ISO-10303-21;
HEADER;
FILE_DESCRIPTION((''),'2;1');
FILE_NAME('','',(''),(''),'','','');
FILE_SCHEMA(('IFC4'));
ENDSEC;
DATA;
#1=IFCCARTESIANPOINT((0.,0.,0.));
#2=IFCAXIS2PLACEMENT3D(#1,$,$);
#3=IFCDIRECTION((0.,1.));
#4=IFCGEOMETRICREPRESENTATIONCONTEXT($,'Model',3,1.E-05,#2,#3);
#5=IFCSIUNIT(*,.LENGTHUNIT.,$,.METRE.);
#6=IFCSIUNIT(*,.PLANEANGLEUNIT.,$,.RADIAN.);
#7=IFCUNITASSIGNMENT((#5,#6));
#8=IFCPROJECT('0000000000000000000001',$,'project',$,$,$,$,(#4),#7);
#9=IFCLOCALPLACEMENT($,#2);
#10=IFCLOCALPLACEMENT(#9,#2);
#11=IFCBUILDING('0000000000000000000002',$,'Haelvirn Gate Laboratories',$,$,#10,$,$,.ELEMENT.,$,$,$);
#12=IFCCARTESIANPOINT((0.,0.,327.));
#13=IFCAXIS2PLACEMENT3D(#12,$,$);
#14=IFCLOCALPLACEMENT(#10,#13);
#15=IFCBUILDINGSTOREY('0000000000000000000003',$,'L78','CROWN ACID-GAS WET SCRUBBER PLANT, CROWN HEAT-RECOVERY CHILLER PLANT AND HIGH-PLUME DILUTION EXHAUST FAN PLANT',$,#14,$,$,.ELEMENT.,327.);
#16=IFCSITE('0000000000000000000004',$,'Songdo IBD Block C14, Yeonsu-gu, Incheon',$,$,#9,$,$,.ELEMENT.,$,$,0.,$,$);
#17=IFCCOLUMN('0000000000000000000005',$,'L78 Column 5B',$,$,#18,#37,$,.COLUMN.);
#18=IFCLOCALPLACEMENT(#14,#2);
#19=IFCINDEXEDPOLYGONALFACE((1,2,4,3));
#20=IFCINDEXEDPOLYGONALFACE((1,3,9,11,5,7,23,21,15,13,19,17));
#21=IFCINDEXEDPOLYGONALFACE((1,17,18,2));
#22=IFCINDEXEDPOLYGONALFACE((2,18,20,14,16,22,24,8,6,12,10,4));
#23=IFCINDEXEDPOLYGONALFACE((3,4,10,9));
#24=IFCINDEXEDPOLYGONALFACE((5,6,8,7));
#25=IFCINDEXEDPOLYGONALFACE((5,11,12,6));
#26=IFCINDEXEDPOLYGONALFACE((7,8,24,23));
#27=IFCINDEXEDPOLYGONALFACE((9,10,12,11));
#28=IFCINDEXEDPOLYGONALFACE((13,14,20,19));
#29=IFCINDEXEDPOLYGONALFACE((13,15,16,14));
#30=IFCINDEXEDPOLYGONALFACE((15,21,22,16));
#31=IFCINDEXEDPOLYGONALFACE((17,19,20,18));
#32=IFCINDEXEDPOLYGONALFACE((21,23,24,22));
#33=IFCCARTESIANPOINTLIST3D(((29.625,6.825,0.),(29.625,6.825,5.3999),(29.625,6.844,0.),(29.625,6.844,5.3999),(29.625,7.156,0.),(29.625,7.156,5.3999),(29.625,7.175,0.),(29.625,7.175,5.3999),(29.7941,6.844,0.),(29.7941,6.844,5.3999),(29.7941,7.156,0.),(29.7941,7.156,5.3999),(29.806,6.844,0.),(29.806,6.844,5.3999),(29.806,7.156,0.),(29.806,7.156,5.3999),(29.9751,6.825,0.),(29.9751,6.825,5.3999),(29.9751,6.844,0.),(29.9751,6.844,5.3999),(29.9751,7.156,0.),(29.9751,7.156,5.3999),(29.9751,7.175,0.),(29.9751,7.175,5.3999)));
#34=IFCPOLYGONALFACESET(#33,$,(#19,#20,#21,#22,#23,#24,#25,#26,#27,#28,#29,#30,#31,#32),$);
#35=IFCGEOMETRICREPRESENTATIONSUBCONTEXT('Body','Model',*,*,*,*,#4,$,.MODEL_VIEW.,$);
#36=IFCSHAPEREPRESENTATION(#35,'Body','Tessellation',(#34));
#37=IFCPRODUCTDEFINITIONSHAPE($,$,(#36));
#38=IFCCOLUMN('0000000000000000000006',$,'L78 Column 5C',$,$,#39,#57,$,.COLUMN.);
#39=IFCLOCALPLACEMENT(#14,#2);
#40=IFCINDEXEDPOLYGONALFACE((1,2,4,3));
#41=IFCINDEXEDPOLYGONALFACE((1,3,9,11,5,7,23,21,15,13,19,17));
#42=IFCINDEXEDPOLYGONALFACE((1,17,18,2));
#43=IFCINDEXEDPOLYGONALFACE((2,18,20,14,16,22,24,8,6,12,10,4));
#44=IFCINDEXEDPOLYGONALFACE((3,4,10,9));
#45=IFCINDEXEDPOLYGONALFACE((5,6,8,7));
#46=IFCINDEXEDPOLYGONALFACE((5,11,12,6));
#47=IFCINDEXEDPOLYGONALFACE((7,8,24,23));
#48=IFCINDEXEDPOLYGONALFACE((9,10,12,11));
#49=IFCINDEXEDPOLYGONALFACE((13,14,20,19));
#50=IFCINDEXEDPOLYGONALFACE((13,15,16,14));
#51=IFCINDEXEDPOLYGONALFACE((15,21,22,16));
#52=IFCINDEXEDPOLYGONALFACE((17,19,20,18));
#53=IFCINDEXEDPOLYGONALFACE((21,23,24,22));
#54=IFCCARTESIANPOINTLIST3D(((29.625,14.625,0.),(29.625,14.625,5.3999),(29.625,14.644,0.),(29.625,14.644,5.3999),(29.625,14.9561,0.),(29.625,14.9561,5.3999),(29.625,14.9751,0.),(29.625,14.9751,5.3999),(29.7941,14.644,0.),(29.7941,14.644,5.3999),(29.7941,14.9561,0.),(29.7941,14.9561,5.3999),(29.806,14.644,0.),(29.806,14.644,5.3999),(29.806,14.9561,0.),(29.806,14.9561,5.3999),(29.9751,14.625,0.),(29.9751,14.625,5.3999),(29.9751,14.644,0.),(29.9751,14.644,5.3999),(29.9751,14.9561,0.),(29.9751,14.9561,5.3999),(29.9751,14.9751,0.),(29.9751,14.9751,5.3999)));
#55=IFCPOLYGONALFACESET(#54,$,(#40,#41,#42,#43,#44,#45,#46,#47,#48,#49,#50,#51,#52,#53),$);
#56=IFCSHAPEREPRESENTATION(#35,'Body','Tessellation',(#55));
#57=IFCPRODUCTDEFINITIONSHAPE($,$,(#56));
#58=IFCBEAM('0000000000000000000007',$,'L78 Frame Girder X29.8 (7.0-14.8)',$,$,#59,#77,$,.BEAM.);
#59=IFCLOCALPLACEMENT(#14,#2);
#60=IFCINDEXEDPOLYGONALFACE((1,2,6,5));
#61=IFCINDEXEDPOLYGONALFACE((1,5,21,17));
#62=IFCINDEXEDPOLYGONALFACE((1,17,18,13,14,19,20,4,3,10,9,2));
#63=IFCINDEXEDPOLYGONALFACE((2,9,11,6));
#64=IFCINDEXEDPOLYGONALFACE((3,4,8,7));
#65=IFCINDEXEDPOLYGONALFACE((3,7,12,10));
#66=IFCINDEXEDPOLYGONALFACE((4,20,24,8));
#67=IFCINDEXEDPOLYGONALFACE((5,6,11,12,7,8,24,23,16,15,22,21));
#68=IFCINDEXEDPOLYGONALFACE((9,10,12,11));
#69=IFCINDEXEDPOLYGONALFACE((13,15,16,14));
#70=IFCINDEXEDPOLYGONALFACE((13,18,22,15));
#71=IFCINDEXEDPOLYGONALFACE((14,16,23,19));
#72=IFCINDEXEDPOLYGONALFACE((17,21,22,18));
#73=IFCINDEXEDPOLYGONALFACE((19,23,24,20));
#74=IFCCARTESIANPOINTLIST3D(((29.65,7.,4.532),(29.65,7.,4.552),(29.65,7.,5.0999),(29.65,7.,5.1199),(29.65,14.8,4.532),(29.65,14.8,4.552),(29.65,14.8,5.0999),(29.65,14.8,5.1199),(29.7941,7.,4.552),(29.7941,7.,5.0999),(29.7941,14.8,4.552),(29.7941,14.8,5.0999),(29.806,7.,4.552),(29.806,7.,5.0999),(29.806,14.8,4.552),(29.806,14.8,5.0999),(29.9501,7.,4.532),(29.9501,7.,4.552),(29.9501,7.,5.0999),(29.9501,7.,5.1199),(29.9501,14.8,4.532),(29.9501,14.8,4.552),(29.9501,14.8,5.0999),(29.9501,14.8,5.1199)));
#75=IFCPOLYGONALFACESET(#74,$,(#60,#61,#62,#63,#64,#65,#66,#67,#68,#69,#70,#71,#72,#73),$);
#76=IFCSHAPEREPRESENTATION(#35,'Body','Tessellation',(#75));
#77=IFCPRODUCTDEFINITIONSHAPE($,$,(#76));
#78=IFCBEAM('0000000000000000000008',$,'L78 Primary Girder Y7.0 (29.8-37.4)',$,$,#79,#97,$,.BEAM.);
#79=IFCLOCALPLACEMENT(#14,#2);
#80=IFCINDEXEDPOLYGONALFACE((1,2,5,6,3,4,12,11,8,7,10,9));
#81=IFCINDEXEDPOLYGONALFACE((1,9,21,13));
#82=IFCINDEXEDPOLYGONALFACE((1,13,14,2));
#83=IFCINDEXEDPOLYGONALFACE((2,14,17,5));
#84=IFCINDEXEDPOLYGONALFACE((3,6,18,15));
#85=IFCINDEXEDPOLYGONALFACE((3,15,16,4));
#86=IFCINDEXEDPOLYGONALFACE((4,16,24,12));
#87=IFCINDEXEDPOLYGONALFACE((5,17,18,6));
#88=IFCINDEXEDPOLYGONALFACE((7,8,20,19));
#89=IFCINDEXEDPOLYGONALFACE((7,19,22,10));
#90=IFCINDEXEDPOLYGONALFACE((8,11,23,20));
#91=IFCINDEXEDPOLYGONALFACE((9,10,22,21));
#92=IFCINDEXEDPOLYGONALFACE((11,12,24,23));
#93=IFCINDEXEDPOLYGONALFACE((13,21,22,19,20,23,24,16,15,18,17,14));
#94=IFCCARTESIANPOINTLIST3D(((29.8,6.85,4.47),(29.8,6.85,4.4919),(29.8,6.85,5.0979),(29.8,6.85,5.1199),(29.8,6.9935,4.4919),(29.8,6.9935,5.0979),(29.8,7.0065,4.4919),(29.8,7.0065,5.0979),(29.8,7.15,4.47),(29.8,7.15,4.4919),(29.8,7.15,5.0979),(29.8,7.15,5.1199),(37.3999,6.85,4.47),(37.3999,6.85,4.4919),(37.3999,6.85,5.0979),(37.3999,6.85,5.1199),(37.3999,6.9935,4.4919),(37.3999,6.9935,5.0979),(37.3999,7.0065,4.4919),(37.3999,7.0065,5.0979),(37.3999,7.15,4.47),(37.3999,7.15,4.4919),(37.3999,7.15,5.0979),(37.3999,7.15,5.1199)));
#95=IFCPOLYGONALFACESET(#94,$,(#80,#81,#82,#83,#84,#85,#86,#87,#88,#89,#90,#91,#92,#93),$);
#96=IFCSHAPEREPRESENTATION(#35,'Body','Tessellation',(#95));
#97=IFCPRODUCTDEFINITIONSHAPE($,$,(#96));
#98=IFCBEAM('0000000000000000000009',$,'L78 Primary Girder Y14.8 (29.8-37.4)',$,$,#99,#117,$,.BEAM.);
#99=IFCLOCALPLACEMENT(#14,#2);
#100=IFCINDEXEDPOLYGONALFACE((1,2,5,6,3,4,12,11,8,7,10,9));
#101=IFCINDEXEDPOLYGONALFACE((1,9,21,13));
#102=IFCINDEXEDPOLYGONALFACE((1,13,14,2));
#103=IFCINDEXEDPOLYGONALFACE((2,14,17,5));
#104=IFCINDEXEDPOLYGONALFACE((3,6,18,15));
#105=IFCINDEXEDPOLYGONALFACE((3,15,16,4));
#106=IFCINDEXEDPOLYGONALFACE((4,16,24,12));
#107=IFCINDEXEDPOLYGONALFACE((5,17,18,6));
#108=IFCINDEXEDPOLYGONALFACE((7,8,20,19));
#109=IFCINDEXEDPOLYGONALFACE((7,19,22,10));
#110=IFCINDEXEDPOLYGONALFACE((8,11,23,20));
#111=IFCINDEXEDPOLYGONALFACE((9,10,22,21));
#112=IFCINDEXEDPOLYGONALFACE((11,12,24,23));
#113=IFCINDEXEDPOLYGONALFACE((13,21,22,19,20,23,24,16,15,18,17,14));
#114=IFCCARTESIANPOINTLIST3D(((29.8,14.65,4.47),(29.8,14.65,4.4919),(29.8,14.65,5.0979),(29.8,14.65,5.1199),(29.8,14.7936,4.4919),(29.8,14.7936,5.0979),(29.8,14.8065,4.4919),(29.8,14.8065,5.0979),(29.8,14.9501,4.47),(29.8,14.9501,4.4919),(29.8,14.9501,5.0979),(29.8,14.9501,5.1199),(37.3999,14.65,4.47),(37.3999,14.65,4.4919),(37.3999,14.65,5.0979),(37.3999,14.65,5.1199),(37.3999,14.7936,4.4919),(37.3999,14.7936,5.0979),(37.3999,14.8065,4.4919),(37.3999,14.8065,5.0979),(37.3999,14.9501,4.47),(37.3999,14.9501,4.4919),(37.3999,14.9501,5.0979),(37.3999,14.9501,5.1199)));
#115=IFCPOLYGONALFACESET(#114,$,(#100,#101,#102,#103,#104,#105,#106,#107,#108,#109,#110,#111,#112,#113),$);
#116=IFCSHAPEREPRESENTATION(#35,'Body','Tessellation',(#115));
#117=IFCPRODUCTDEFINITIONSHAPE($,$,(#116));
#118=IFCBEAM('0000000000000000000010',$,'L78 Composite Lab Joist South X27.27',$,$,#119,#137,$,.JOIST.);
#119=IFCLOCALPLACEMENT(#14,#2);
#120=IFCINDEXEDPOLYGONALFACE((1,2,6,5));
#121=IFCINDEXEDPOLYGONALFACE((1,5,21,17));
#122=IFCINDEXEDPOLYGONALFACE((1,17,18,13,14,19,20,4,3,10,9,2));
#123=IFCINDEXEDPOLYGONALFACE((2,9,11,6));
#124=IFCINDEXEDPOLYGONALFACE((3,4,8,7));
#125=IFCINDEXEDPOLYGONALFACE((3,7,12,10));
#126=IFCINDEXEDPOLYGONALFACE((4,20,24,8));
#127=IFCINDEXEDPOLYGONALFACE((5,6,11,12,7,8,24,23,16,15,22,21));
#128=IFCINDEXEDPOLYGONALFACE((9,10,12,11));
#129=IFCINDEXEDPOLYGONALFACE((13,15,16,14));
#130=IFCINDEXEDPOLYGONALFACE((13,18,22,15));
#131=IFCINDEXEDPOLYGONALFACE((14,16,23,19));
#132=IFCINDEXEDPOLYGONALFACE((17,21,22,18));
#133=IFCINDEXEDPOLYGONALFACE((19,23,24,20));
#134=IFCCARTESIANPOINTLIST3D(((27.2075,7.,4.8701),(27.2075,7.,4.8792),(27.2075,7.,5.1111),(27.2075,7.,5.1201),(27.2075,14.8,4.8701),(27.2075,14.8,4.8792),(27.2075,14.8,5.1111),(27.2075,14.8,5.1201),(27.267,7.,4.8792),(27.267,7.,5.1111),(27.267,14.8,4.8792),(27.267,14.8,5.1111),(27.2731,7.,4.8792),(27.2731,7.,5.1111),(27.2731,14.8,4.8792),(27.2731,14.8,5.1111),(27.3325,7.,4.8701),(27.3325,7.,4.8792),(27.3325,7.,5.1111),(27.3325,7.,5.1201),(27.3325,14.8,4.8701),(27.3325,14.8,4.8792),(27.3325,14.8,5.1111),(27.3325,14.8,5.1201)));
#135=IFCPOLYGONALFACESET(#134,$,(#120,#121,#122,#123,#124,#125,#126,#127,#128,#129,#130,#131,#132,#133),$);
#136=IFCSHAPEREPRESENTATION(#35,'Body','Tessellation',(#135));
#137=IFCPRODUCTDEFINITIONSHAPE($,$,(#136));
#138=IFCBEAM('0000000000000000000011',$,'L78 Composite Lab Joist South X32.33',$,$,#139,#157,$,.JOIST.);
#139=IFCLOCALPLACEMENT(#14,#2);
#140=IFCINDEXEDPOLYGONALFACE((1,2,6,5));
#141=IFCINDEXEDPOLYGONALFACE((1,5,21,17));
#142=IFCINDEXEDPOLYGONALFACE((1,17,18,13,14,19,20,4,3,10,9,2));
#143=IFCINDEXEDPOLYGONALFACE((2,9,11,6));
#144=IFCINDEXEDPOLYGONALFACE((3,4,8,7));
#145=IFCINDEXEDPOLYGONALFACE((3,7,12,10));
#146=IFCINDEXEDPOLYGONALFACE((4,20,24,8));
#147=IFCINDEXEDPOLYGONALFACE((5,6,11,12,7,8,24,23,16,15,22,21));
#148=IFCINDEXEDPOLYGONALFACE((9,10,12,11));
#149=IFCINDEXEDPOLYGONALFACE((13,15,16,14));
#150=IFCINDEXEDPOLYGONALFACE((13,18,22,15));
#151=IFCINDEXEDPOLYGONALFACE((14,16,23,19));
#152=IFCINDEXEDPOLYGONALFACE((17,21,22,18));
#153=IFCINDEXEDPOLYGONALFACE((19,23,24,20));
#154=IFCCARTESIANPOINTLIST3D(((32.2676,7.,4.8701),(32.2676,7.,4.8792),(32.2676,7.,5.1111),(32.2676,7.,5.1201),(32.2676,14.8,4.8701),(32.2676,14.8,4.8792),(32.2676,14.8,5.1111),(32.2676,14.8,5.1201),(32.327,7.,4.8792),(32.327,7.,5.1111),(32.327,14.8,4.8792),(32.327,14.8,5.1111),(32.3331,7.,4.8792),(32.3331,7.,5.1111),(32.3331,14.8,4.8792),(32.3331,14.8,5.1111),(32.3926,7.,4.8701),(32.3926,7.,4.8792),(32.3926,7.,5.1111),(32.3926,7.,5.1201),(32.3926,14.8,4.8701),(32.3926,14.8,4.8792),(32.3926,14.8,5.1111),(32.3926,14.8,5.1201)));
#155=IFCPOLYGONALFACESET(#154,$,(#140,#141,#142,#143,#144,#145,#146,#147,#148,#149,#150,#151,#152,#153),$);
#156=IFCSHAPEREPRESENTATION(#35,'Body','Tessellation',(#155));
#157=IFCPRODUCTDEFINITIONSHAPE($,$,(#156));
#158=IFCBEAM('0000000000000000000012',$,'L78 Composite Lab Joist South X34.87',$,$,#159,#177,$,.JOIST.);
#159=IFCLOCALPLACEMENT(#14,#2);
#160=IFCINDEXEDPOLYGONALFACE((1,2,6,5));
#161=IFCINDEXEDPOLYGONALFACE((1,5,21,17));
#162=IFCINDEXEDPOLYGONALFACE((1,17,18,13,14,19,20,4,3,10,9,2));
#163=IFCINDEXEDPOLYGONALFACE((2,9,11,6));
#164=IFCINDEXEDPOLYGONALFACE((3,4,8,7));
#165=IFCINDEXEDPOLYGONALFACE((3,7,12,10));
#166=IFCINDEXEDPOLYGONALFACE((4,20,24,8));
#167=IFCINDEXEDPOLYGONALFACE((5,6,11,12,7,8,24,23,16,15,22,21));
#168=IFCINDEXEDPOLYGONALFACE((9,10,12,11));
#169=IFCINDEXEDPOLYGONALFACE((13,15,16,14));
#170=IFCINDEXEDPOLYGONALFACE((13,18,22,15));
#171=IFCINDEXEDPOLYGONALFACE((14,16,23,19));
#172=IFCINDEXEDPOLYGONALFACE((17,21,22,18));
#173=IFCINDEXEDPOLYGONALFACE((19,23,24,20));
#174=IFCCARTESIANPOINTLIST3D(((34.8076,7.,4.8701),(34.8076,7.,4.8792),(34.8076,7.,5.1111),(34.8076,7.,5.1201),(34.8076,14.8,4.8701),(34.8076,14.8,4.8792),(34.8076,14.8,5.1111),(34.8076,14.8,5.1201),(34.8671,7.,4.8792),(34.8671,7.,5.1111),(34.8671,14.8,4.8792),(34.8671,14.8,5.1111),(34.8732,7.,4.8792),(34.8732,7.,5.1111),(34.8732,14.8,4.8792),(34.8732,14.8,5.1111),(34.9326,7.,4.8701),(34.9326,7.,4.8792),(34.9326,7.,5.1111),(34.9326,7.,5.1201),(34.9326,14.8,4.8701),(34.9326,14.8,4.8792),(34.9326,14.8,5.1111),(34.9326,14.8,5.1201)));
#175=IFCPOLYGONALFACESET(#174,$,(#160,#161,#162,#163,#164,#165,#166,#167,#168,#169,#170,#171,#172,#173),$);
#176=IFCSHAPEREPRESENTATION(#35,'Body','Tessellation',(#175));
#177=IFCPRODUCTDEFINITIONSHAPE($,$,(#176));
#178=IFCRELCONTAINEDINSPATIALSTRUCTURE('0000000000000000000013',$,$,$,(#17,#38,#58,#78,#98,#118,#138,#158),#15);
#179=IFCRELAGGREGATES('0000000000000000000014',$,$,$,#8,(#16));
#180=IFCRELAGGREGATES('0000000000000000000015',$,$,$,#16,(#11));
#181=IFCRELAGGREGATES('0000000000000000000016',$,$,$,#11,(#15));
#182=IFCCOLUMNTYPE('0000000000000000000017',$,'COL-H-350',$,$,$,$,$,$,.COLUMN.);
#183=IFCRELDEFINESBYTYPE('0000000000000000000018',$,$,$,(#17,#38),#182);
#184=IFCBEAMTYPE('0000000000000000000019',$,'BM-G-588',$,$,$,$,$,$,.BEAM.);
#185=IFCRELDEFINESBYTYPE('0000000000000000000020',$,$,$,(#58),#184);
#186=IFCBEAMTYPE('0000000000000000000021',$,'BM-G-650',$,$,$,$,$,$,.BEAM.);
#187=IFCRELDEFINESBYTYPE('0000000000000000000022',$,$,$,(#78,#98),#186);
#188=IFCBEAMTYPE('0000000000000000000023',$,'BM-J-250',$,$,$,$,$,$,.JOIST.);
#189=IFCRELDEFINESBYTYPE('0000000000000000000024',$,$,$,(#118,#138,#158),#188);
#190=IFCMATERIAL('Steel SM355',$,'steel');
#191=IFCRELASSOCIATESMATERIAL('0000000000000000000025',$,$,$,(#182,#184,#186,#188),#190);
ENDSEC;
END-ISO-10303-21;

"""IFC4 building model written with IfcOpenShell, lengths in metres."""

from ifc_helpers import new_model, si_unit, direction, frame, origin, origin_2d, place, context, subcontext, project, spatial, i_section, extrude, source, transform, mapped, material, material_profile, profile_set, type_object, type_shapes, element, save


model = new_model("IFC4")

# Units and contexts
model_context = context("Model", 3, precision=1e-05, world=origin(), true_north=direction((0.0, 1.0)))
body_context = subcontext(model_context, "Body", "Model", "MODEL_VIEW")
ifc_project = project(units=[si_unit("LENGTHUNIT", "METRE"), si_unit("PLANEANGLEUNIT", "RADIAN")], contexts=[model_context])

# Site, building, storey
site_placement = place(None, origin())
site = spatial("IfcSite", under=ifc_project, at=site_placement, Name="Songdo IBD Block C14, Yeonsu-gu, Incheon", CompositionType="ELEMENT", RefElevation=0.0)
building_placement = place(site_placement, origin())
building = spatial("IfcBuilding", under=site, at=building_placement, Name="Haelvirn Gate Laboratories", CompositionType="ELEMENT")
storey_placement = place(building_placement, frame((0.0, 0.0, 327.0)))
storey = spatial("IfcBuildingStorey", under=building, at=storey_placement, Name="L78", Description="CROWN ACID-GAS WET SCRUBBER PLANT, CROWN HEAT-RECOVERY CHILLER PLANT AND HIGH-PLUME DILUTION EXHAUST FAN PLANT", CompositionType="ELEMENT", Elevation=327.0)

# Columns
ifc_material_1 = material(Name="Steel SM355", Category="steel")
ifc_material_profile_1 = material_profile(ifc_material_1, i_section(OverallWidth=0.3501, OverallDepth=0.3501, WebThickness=0.012, FlangeThickness=0.019, at=origin_2d()), Name="H-350x350x12x19")
ifc_profile_set_1 = profile_set([ifc_material_profile_1], Name="Steel SM355")
column_type = type_object("IfcColumnType", Name="COL-H-350", PredefinedType="COLUMN", material=ifc_profile_set_1)
shared_shape_1 = source(origin(), body_context, "Body", "SweptSolid", [
    extrude(i_section(OverallWidth=0.3501, OverallDepth=0.3501, WebThickness=0.012, FlangeThickness=0.019, at=origin_2d()), origin(), (0.0, 0.0, 1.0), 5.3999),
])
type_shapes(column_type, [shared_shape_1])
for number, where, z_axis, x_axis, name in (
    (1, (29.8, 7.0, 0.0), (0.0, 0.0, 1.0), (1.0, 0.0, 0.0), "L78 Column 5B"),
    (2, (29.8, 14.8, 0.0), (0.0, 0.0, 1.0), (1.0, 0.0, 0.0), "L78 Column 5C"),
):
    element("IfcColumn", number, at=place(storey_placement, frame(where, z_axis=z_axis, x_axis=x_axis)), inside=storey, type_object=column_type, Name=name, PredefinedType="COLUMN", context=body_context, shape_type="MappedRepresentation", body=[
        mapped(shared_shape_1, transform((0.0, 0.0, 0.0), scale=1.0)),
    ])

# Beams
ifc_material_profile_2 = material_profile(ifc_material_1, i_section(OverallWidth=0.3, OverallDepth=0.5879, WebThickness=0.012, FlangeThickness=0.02, at=origin_2d()), Name="H-588x300x12x20")
ifc_profile_set_2 = profile_set([ifc_material_profile_2], Name="Steel SM355")
beam_type_1 = type_object("IfcBeamType", Name="BM-G-588", PredefinedType="BEAM", material=ifc_profile_set_2)
shared_shape_2 = source(origin(), body_context, "Body", "SweptSolid", [
    extrude(i_section(OverallWidth=0.3, OverallDepth=0.5879, WebThickness=0.012, FlangeThickness=0.02, at=origin_2d()), origin(), (0.0, 0.0, 1.0), 7.8),
])
type_shapes(beam_type_1, [shared_shape_2])
beam_placement = place(storey_placement, frame((29.8, 7.0, 4.8259), z_axis=(0.0, 1.0, 0.0), x_axis=(-1.0, 0.0, 0.0)))
element("IfcBeam", 3, at=beam_placement, inside=storey, type_object=beam_type_1, Name="L78 Frame Girder X29.8 (7.0-14.8)", PredefinedType="BEAM", context=body_context, shape_type="MappedRepresentation", body=[
    mapped(shared_shape_2, transform((0.0, 0.0, 0.0), scale=1.0)),
])
ifc_material_profile_3 = material_profile(ifc_material_1, i_section(OverallWidth=0.3, OverallDepth=0.6499, WebThickness=0.0129, FlangeThickness=0.022, at=origin_2d()), Name="H-650x300x13x22")
ifc_profile_set_3 = profile_set([ifc_material_profile_3], Name="Steel SM355")
beam_type_2 = type_object("IfcBeamType", Name="BM-G-650", PredefinedType="BEAM", material=ifc_profile_set_3)
shared_shape_3 = source(origin(), body_context, "Body", "SweptSolid", [
    extrude(i_section(OverallWidth=0.3, OverallDepth=0.6499, WebThickness=0.0129, FlangeThickness=0.022, at=origin_2d()), origin(), (0.0, 0.0, 1.0), 7.5999),
])
type_shapes(beam_type_2, [shared_shape_3])
for number, where, z_axis, x_axis, name in (
    (4, (29.8, 7.0, 4.7949), (1.0, 0.0, 0.0), (0.0, 1.0, 0.0), "L78 Primary Girder Y7.0 (29.8-37.4)"),
    (5, (29.8, 14.8, 4.7949), (1.0, 0.0, 0.0), (0.0, 1.0, 0.0), "L78 Primary Girder Y14.8 (29.8-37.4)"),
):
    element("IfcBeam", number, at=place(storey_placement, frame(where, z_axis=z_axis, x_axis=x_axis)), inside=storey, type_object=beam_type_2, Name=name, PredefinedType="BEAM", context=body_context, shape_type="MappedRepresentation", body=[
        mapped(shared_shape_3, transform((0.0, 0.0, 0.0), scale=1.0)),
    ])
ifc_material_profile_4 = material_profile(ifc_material_1, i_section(OverallWidth=0.125, OverallDepth=0.25, WebThickness=0.0061, FlangeThickness=0.009, at=origin_2d()), Name="H-250x125x6x9")
ifc_profile_set_4 = profile_set([ifc_material_profile_4], Name="Steel SM355")
beam_type_3 = type_object("IfcBeamType", Name="BM-J-250", PredefinedType="JOIST", material=ifc_profile_set_4)
shared_shape_4 = source(origin(), body_context, "Body", "SweptSolid", [
    extrude(i_section(OverallWidth=0.125, OverallDepth=0.25, WebThickness=0.0061, FlangeThickness=0.009, at=origin_2d()), origin(), (0.0, 0.0, 1.0), 7.8),
])
type_shapes(beam_type_3, [shared_shape_4])
for number, where, z_axis, x_axis, name in (
    (6, (27.27, 7.0, 4.9951), (0.0, 1.0, 0.0), (-1.0, 0.0, 0.0), "L78 Composite Lab Joist South X27.27"),
    (7, (32.3301, 7.0, 4.9951), (0.0, 1.0, 0.0), (-1.0, 0.0, 0.0), "L78 Composite Lab Joist South X32.33"),
    (8, (34.8701, 7.0, 4.9951), (0.0, 1.0, 0.0), (-1.0, 0.0, 0.0), "L78 Composite Lab Joist South X34.87"),
):
    element("IfcBeam", number, at=place(storey_placement, frame(where, z_axis=z_axis, x_axis=x_axis)), inside=storey, type_object=beam_type_3, Name=name, PredefinedType="JOIST", context=body_context, shape_type="MappedRepresentation", body=[
        mapped(shared_shape_4, transform((0.0, 0.0, 0.0), scale=1.0)),
    ])

save(model, "model.ifc")
